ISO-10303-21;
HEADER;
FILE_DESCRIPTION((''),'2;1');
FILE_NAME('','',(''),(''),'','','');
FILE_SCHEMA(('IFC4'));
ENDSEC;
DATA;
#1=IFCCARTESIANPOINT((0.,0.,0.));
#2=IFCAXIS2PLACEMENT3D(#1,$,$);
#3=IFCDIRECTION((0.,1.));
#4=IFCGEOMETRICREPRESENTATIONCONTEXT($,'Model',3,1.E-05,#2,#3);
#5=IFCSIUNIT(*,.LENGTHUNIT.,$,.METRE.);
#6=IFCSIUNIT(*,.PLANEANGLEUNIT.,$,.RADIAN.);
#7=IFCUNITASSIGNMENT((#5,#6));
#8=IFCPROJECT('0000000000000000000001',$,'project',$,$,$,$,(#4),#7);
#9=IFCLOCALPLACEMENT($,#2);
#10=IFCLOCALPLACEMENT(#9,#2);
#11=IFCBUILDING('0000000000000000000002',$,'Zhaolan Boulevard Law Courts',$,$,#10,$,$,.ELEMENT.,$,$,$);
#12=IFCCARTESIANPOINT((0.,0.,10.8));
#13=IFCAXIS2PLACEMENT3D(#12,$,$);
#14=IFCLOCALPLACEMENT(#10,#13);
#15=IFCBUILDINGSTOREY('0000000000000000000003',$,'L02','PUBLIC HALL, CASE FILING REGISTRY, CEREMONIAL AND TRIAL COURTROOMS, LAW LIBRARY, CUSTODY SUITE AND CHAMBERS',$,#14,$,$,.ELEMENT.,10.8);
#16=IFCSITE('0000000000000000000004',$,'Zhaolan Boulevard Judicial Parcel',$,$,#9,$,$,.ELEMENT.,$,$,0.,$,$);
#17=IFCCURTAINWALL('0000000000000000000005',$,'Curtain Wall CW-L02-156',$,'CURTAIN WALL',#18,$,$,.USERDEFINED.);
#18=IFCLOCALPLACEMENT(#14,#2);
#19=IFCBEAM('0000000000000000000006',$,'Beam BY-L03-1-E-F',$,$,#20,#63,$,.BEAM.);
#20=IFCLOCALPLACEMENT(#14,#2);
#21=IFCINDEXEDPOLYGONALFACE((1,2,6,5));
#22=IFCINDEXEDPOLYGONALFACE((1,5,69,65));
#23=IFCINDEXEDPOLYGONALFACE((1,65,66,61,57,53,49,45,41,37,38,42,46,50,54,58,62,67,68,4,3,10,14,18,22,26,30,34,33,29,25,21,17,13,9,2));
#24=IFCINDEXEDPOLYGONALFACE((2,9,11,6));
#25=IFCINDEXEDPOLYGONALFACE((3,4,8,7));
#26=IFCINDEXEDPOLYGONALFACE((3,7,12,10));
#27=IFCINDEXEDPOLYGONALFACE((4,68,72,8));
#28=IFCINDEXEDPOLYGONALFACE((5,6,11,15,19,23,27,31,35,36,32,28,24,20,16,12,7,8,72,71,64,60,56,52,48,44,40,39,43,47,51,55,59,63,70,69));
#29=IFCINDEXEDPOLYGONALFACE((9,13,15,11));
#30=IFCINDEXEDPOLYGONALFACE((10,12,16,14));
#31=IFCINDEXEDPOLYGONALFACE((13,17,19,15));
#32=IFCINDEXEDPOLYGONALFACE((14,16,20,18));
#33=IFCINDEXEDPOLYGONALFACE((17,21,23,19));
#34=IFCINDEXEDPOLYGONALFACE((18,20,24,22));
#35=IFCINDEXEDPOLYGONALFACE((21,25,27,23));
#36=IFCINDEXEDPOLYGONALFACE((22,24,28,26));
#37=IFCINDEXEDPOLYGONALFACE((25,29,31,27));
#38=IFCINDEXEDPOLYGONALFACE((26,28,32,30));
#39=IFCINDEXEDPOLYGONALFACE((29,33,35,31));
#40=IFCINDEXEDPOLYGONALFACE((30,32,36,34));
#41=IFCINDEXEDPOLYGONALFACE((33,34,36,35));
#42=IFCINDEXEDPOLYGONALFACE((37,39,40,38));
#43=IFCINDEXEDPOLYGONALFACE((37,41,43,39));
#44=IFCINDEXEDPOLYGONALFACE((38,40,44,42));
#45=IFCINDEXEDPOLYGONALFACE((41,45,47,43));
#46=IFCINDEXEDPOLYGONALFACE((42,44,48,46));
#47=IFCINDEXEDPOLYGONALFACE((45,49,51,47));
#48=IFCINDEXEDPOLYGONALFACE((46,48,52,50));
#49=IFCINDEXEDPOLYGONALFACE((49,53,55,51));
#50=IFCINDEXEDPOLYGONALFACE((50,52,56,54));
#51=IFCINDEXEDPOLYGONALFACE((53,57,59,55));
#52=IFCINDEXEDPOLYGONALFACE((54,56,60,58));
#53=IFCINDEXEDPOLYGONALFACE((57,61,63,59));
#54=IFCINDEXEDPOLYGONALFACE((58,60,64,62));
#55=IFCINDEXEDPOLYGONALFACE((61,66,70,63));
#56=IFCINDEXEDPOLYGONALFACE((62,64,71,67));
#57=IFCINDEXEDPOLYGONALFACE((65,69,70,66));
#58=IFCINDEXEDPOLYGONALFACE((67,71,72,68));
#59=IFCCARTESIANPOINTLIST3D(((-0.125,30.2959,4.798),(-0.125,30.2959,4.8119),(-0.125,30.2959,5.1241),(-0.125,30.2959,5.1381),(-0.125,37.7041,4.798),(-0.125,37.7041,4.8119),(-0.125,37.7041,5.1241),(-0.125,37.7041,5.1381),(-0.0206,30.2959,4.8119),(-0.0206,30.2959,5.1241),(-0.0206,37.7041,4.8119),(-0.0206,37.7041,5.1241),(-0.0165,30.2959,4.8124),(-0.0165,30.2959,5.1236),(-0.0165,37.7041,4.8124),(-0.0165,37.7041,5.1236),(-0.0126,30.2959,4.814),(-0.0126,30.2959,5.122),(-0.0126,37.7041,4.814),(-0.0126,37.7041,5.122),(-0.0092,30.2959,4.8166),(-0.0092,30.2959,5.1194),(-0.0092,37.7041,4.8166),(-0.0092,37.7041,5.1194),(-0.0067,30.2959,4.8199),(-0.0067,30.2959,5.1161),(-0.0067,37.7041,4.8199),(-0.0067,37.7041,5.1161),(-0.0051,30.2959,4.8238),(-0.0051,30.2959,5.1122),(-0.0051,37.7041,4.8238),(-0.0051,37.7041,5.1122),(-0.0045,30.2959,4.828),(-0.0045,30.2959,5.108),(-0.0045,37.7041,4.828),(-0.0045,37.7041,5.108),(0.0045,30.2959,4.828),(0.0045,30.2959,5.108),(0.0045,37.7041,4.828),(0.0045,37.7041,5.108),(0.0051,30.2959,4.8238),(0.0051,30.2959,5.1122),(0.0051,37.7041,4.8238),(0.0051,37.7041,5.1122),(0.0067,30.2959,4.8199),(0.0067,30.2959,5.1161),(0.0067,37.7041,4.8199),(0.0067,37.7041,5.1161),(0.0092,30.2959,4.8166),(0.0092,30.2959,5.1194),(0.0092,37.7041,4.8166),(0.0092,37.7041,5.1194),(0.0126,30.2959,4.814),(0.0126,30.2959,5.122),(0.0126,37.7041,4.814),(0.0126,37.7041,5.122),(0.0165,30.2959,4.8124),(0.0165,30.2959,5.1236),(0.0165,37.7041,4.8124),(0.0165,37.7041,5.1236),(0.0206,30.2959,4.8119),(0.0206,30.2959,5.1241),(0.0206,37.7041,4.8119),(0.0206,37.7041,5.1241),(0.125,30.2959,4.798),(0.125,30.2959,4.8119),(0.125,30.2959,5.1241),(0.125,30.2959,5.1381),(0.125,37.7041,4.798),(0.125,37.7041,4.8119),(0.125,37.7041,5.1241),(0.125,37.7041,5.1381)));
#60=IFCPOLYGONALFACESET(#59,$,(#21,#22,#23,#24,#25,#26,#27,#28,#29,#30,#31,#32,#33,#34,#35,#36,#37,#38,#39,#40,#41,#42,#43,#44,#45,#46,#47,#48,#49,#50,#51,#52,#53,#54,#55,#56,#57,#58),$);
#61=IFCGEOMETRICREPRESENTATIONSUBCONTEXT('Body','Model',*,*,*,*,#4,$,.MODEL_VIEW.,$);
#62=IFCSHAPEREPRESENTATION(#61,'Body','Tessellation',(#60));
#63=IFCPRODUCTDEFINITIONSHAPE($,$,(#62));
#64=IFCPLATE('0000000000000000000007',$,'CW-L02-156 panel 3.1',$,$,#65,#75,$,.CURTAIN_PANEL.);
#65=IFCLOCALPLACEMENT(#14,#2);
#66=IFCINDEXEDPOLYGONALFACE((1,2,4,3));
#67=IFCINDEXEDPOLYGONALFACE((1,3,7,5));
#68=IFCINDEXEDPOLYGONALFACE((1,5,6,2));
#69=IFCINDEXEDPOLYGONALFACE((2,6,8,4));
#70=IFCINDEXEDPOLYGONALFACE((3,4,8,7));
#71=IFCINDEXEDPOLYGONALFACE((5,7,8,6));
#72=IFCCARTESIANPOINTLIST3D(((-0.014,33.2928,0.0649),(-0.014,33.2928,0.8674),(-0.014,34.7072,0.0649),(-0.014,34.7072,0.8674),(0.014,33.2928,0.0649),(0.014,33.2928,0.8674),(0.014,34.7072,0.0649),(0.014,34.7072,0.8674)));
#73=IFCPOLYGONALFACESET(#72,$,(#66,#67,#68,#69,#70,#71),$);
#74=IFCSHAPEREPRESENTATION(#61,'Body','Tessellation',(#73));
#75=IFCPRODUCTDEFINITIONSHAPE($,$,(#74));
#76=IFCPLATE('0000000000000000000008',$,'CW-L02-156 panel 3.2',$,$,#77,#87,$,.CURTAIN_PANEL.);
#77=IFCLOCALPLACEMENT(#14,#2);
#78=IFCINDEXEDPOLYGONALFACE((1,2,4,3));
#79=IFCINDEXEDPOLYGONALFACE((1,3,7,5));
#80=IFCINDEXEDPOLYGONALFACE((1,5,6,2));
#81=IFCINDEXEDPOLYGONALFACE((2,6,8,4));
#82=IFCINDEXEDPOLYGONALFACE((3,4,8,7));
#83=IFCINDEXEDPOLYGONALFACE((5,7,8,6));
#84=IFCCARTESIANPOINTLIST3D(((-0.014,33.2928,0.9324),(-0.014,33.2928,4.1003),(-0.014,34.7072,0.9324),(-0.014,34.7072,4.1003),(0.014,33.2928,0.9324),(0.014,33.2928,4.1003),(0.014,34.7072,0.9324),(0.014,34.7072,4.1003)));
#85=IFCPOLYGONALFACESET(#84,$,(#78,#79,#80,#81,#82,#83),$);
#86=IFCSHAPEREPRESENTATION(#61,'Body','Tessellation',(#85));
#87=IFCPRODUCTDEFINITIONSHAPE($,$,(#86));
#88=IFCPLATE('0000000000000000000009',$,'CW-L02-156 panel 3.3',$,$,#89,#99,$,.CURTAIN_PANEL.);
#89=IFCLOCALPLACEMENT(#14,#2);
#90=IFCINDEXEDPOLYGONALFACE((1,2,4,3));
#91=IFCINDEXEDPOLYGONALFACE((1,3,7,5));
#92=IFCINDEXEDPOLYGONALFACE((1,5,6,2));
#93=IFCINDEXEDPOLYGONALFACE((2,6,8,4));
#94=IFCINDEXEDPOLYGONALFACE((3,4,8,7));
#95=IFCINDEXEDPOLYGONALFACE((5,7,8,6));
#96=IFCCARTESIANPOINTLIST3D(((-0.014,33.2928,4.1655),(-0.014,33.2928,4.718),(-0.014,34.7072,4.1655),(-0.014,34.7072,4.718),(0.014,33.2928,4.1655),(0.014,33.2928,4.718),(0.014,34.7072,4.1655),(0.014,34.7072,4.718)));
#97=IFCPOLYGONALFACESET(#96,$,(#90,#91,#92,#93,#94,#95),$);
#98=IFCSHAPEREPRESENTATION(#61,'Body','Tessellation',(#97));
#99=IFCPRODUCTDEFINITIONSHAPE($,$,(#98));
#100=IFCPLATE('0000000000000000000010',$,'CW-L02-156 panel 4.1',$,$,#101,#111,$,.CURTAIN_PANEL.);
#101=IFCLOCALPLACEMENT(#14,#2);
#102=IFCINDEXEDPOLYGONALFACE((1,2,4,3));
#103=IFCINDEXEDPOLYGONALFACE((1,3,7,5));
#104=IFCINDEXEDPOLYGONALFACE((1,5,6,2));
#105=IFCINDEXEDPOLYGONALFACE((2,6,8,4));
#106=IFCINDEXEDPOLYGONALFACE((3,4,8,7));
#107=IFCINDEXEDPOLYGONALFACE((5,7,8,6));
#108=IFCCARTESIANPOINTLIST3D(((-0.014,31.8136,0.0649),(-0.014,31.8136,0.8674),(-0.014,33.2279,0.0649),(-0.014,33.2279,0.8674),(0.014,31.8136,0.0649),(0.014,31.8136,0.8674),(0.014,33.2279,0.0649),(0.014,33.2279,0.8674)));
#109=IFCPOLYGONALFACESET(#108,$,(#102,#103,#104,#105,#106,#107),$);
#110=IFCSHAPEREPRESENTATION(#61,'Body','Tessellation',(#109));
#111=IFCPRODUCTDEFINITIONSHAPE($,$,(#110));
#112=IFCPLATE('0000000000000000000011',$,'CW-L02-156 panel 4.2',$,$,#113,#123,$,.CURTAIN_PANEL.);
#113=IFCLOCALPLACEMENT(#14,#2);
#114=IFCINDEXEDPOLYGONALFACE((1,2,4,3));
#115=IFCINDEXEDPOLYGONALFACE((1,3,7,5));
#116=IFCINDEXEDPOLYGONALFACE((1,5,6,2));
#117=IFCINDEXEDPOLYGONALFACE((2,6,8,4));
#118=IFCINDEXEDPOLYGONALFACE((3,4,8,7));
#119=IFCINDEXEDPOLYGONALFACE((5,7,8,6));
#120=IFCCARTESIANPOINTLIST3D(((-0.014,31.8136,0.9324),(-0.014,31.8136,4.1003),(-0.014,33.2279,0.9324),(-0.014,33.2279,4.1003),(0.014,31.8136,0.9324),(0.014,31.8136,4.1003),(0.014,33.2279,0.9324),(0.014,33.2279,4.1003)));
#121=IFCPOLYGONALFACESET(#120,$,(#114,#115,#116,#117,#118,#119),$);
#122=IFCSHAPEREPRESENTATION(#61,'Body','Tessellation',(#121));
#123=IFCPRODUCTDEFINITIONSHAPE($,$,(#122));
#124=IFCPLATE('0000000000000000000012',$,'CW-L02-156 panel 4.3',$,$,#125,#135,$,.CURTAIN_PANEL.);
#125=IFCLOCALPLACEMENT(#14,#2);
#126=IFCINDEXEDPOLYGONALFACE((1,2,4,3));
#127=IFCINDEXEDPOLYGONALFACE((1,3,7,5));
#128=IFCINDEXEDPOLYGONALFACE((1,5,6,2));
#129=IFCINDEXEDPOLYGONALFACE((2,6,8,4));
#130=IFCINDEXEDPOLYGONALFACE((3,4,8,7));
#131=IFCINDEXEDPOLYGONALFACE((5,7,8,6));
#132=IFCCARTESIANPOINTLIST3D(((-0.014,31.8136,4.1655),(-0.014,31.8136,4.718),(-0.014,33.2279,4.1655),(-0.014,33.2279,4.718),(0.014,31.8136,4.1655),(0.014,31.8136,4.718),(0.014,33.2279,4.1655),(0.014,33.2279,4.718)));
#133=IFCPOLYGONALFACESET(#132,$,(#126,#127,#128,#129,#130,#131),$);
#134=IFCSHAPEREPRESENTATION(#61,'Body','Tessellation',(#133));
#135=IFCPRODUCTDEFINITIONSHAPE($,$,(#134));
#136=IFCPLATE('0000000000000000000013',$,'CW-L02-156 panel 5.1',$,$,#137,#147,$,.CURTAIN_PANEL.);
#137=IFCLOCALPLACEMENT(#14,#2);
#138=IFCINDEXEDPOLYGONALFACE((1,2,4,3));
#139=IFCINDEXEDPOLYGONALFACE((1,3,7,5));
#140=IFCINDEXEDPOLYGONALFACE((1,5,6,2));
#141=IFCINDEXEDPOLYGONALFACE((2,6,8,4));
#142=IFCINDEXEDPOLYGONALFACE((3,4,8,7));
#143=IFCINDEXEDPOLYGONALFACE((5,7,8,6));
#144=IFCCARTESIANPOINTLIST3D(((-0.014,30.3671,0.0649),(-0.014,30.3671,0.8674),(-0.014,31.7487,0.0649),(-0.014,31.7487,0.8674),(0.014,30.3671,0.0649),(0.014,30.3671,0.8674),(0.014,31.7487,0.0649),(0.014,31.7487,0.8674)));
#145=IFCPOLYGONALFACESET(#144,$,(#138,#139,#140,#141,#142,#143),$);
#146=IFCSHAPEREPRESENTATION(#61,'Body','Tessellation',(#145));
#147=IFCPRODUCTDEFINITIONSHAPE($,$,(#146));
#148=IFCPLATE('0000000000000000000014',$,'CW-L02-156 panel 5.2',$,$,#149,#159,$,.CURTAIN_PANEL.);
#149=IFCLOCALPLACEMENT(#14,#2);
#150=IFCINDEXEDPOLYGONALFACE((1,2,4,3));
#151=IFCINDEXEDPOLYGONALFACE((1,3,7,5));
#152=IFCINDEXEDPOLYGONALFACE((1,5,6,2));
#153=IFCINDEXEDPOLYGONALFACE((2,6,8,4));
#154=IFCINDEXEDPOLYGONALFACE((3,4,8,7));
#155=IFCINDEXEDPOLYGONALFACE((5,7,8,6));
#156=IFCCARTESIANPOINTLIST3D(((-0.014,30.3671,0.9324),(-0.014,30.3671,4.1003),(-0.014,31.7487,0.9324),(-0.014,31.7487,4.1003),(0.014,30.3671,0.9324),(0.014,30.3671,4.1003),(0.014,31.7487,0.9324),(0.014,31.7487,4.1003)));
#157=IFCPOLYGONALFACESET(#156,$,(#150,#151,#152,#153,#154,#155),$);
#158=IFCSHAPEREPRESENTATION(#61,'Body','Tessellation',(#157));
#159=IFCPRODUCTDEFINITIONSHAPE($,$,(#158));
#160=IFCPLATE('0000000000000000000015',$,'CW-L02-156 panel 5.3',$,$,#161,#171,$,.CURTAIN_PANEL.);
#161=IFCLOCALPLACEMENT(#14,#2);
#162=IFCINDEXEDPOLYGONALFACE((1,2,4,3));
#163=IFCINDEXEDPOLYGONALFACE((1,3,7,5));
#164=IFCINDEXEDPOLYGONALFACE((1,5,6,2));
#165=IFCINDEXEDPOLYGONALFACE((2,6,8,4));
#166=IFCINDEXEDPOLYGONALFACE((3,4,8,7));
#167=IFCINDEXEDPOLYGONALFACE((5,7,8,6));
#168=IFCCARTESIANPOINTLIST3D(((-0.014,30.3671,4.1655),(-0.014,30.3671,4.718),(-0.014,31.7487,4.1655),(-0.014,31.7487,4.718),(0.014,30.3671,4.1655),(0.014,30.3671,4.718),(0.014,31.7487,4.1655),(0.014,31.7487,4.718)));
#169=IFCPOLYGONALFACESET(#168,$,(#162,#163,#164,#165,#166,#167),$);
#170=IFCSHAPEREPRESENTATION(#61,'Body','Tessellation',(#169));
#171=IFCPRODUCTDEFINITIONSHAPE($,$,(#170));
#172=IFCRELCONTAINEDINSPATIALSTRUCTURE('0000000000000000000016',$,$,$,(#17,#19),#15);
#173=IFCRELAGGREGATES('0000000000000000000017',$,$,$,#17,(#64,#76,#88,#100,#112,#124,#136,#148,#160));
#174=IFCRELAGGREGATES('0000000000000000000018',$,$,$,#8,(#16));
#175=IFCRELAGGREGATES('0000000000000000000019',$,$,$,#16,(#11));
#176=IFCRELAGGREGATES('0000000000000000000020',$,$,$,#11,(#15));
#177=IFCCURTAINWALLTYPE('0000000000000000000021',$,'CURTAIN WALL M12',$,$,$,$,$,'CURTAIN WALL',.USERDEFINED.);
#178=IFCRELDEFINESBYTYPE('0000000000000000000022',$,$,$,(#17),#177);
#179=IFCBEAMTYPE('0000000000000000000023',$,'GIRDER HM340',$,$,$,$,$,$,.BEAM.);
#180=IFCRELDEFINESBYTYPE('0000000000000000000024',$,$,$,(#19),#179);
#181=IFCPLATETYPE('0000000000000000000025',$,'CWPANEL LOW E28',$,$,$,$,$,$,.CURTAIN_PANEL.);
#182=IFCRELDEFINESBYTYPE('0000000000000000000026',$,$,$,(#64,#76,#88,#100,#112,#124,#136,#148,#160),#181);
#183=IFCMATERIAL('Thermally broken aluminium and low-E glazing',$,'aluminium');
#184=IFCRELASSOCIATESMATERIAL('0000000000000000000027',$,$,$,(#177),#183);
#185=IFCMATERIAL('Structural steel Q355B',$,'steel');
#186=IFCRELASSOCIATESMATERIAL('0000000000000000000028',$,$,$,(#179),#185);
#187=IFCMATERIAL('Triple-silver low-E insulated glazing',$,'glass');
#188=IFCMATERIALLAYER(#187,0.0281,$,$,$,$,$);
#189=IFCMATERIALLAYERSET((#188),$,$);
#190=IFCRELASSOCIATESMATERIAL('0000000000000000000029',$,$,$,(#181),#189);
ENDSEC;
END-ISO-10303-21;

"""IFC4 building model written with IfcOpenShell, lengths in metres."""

from ifc_helpers import new_model, si_unit, direction, frame, origin, origin_2d, place, context, subcontext, project, spatial, rectangle, i_section, extrude, material, layer, layer_set, material_profile, profile_set, type_object, element, aggregate, save


model = new_model("IFC4")

# Units and contexts
model_context = context("Model", 3, precision=1e-05, world=origin(), true_north=direction((0.0, 1.0)))
body_context = subcontext(model_context, "Body", "Model", "MODEL_VIEW")
ifc_project = project(units=[si_unit("LENGTHUNIT", "METRE"), si_unit("PLANEANGLEUNIT", "RADIAN")], contexts=[model_context])

# Site, building, storey
site_placement = place(None, origin())
site = spatial("IfcSite", under=ifc_project, at=site_placement, Name="Zhaolan Boulevard Judicial Parcel", CompositionType="ELEMENT", RefElevation=0.0)
building_placement = place(site_placement, origin())
building = spatial("IfcBuilding", under=site, at=building_placement, Name="Zhaolan Boulevard Law Courts", CompositionType="ELEMENT")
storey_placement = place(building_placement, frame((0.0, 0.0, 10.8)))
storey = spatial("IfcBuildingStorey", under=building, at=storey_placement, Name="L02", Description="PUBLIC HALL, CASE FILING REGISTRY, CEREMONIAL AND TRIAL COURTROOMS, LAW LIBRARY, CUSTODY SUITE AND CHAMBERS", CompositionType="ELEMENT", Elevation=10.8)

# Curtain wall
ifc_material_1 = material(Name="Thermally broken aluminium and low-E glazing", Category="aluminium")
curtain_wall_type = type_object("IfcCurtainWallType", Name="CURTAIN WALL M12", ElementType="CURTAIN WALL", PredefinedType="USERDEFINED", material=ifc_material_1)
curtain_wall_placement = place(storey_placement, origin())
curtain_wall = element("IfcCurtainWall", 1, at=curtain_wall_placement, inside=storey, type_object=curtain_wall_type, Name="Curtain Wall CW-L02-156", ObjectType="CURTAIN WALL", PredefinedType="USERDEFINED")

# Beam
ifc_material_2 = material(Name="Structural steel Q355B", Category="steel")
ifc_material_profile_1 = material_profile(ifc_material_2, i_section(OverallWidth=0.25, OverallDepth=0.3401, WebThickness=0.009, FlangeThickness=0.0139, FilletRadius=0.0161, at=origin_2d()), Name="HM340x250")
ifc_profile_set_1 = profile_set([ifc_material_profile_1], Name="Structural steel Q355B")
beam_type = type_object("IfcBeamType", Name="GIRDER HM340", PredefinedType="BEAM", material=ifc_profile_set_1)
beam_placement = place(storey_placement, frame((0.0, 30.2959, 4.968), z_axis=(0.0, 1.0, 0.0), x_axis=(-1.0, 0.0, 0.0)))
element("IfcBeam", 2, at=beam_placement, inside=storey, type_object=beam_type, Name="Beam BY-L03-1-E-F", PredefinedType="BEAM", context=body_context, shape_type="SweptSolid", body=[
    extrude(i_section(OverallWidth=0.25, OverallDepth=0.3401, WebThickness=0.009, FlangeThickness=0.0139, FilletRadius=0.0161, at=origin_2d()), origin(), (0.0, 0.0, 1.0), 7.4082),
])

# Plates
ifc_material_3 = material(Name="Triple-silver low-E insulated glazing", Category="glass")
ifc_layer = layer(ifc_material_3, 0.0281)
ifc_layer_set = layer_set([ifc_layer])
plate_type = type_object("IfcPlateType", Name="CWPANEL LOW E28", PredefinedType="CURTAIN_PANEL", material=ifc_layer_set)
plate_1_placement = place(storey_placement, frame((0.0, 34.0, 0.0649), z_axis=(0.0, 0.0, 1.0), x_axis=(0.0, -1.0, 0.0)))
plate_1 = element("IfcPlate", 3, at=plate_1_placement, type_object=plate_type, Name="CW-L02-156 panel 3.1", PredefinedType="CURTAIN_PANEL", context=body_context, shape_type="SweptSolid", body=[
    extrude(rectangle(XDim=1.4143, YDim=0.0281, at=origin_2d()), origin(), (0.0, 0.0, 1.0), 0.8025),
])
plate_2_placement = place(storey_placement, frame((0.0, 34.0, 0.9324), z_axis=(0.0, 0.0, 1.0), x_axis=(0.0, -1.0, 0.0)))
plate_2 = element("IfcPlate", 4, at=plate_2_placement, type_object=plate_type, Name="CW-L02-156 panel 3.2", PredefinedType="CURTAIN_PANEL", context=body_context, shape_type="SweptSolid", body=[
    extrude(rectangle(XDim=1.4143, YDim=0.0281, at=origin_2d()), origin(), (0.0, 0.0, 1.0), 3.168),
])
plate_3_placement = place(storey_placement, frame((0.0, 34.0, 4.1655), z_axis=(0.0, 0.0, 1.0), x_axis=(0.0, -1.0, 0.0)))
plate_3 = element("IfcPlate", 5, at=plate_3_placement, type_object=plate_type, Name="CW-L02-156 panel 3.3", PredefinedType="CURTAIN_PANEL", context=body_context, shape_type="SweptSolid", body=[
    extrude(rectangle(XDim=1.4143, YDim=0.0281, at=origin_2d()), origin(), (0.0, 0.0, 1.0), 0.5525),
])
plate_4_placement = place(storey_placement, frame((0.0, 32.5208, 0.0649), z_axis=(0.0, 0.0, 1.0), x_axis=(0.0, -1.0, 0.0)))
plate_4 = element("IfcPlate", 6, at=plate_4_placement, type_object=plate_type, Name="CW-L02-156 panel 4.1", PredefinedType="CURTAIN_PANEL", context=body_context, shape_type="SweptSolid", body=[
    extrude(rectangle(XDim=1.4143, YDim=0.0281, at=origin_2d()), origin(), (0.0, 0.0, 1.0), 0.8025),
])
plate_5_placement = place(storey_placement, frame((0.0, 32.5208, 0.9324), z_axis=(0.0, 0.0, 1.0), x_axis=(0.0, -1.0, 0.0)))
plate_5 = element("IfcPlate", 7, at=plate_5_placement, type_object=plate_type, Name="CW-L02-156 panel 4.2", PredefinedType="CURTAIN_PANEL", context=body_context, shape_type="SweptSolid", body=[
    extrude(rectangle(XDim=1.4143, YDim=0.0281, at=origin_2d()), origin(), (0.0, 0.0, 1.0), 3.168),
])
plate_6_placement = place(storey_placement, frame((0.0, 32.5208, 4.1655), z_axis=(0.0, 0.0, 1.0), x_axis=(0.0, -1.0, 0.0)))
plate_6 = element("IfcPlate", 8, at=plate_6_placement, type_object=plate_type, Name="CW-L02-156 panel 4.3", PredefinedType="CURTAIN_PANEL", context=body_context, shape_type="SweptSolid", body=[
    extrude(rectangle(XDim=1.4143, YDim=0.0281, at=origin_2d()), origin(), (0.0, 0.0, 1.0), 0.5525),
])
plate_7_placement = place(storey_placement, frame((0.0, 31.0579, 0.0649), z_axis=(0.0, 0.0, 1.0), x_axis=(0.0, -1.0, 0.0)))
plate_7 = element("IfcPlate", 9, at=plate_7_placement, type_object=plate_type, Name="CW-L02-156 panel 5.1", PredefinedType="CURTAIN_PANEL", context=body_context, shape_type="SweptSolid", body=[
    extrude(rectangle(XDim=1.3816, YDim=0.0281, at=origin_2d()), origin(), (0.0, 0.0, 1.0), 0.8025),
])
plate_8_placement = place(storey_placement, frame((0.0, 31.0579, 0.9324), z_axis=(0.0, 0.0, 1.0), x_axis=(0.0, -1.0, 0.0)))
plate_8 = element("IfcPlate", 10, at=plate_8_placement, type_object=plate_type, Name="CW-L02-156 panel 5.2", PredefinedType="CURTAIN_PANEL", context=body_context, shape_type="SweptSolid", body=[
    extrude(rectangle(XDim=1.3816, YDim=0.0281, at=origin_2d()), origin(), (0.0, 0.0, 1.0), 3.168),
])
plate_9_placement = place(storey_placement, frame((0.0, 31.0579, 4.1655), z_axis=(0.0, 0.0, 1.0), x_axis=(0.0, -1.0, 0.0)))
plate_9 = element("IfcPlate", 11, at=plate_9_placement, type_object=plate_type, Name="CW-L02-156 panel 5.3", PredefinedType="CURTAIN_PANEL", context=body_context, shape_type="SweptSolid", body=[
    extrude(rectangle(XDim=1.3816, YDim=0.0281, at=origin_2d()), origin(), (0.0, 0.0, 1.0), 0.5525),
])
aggregate(curtain_wall, [plate_1, plate_2, plate_3, plate_4, plate_5, plate_6, plate_7, plate_8, plate_9])

save(model, "model.ifc")
